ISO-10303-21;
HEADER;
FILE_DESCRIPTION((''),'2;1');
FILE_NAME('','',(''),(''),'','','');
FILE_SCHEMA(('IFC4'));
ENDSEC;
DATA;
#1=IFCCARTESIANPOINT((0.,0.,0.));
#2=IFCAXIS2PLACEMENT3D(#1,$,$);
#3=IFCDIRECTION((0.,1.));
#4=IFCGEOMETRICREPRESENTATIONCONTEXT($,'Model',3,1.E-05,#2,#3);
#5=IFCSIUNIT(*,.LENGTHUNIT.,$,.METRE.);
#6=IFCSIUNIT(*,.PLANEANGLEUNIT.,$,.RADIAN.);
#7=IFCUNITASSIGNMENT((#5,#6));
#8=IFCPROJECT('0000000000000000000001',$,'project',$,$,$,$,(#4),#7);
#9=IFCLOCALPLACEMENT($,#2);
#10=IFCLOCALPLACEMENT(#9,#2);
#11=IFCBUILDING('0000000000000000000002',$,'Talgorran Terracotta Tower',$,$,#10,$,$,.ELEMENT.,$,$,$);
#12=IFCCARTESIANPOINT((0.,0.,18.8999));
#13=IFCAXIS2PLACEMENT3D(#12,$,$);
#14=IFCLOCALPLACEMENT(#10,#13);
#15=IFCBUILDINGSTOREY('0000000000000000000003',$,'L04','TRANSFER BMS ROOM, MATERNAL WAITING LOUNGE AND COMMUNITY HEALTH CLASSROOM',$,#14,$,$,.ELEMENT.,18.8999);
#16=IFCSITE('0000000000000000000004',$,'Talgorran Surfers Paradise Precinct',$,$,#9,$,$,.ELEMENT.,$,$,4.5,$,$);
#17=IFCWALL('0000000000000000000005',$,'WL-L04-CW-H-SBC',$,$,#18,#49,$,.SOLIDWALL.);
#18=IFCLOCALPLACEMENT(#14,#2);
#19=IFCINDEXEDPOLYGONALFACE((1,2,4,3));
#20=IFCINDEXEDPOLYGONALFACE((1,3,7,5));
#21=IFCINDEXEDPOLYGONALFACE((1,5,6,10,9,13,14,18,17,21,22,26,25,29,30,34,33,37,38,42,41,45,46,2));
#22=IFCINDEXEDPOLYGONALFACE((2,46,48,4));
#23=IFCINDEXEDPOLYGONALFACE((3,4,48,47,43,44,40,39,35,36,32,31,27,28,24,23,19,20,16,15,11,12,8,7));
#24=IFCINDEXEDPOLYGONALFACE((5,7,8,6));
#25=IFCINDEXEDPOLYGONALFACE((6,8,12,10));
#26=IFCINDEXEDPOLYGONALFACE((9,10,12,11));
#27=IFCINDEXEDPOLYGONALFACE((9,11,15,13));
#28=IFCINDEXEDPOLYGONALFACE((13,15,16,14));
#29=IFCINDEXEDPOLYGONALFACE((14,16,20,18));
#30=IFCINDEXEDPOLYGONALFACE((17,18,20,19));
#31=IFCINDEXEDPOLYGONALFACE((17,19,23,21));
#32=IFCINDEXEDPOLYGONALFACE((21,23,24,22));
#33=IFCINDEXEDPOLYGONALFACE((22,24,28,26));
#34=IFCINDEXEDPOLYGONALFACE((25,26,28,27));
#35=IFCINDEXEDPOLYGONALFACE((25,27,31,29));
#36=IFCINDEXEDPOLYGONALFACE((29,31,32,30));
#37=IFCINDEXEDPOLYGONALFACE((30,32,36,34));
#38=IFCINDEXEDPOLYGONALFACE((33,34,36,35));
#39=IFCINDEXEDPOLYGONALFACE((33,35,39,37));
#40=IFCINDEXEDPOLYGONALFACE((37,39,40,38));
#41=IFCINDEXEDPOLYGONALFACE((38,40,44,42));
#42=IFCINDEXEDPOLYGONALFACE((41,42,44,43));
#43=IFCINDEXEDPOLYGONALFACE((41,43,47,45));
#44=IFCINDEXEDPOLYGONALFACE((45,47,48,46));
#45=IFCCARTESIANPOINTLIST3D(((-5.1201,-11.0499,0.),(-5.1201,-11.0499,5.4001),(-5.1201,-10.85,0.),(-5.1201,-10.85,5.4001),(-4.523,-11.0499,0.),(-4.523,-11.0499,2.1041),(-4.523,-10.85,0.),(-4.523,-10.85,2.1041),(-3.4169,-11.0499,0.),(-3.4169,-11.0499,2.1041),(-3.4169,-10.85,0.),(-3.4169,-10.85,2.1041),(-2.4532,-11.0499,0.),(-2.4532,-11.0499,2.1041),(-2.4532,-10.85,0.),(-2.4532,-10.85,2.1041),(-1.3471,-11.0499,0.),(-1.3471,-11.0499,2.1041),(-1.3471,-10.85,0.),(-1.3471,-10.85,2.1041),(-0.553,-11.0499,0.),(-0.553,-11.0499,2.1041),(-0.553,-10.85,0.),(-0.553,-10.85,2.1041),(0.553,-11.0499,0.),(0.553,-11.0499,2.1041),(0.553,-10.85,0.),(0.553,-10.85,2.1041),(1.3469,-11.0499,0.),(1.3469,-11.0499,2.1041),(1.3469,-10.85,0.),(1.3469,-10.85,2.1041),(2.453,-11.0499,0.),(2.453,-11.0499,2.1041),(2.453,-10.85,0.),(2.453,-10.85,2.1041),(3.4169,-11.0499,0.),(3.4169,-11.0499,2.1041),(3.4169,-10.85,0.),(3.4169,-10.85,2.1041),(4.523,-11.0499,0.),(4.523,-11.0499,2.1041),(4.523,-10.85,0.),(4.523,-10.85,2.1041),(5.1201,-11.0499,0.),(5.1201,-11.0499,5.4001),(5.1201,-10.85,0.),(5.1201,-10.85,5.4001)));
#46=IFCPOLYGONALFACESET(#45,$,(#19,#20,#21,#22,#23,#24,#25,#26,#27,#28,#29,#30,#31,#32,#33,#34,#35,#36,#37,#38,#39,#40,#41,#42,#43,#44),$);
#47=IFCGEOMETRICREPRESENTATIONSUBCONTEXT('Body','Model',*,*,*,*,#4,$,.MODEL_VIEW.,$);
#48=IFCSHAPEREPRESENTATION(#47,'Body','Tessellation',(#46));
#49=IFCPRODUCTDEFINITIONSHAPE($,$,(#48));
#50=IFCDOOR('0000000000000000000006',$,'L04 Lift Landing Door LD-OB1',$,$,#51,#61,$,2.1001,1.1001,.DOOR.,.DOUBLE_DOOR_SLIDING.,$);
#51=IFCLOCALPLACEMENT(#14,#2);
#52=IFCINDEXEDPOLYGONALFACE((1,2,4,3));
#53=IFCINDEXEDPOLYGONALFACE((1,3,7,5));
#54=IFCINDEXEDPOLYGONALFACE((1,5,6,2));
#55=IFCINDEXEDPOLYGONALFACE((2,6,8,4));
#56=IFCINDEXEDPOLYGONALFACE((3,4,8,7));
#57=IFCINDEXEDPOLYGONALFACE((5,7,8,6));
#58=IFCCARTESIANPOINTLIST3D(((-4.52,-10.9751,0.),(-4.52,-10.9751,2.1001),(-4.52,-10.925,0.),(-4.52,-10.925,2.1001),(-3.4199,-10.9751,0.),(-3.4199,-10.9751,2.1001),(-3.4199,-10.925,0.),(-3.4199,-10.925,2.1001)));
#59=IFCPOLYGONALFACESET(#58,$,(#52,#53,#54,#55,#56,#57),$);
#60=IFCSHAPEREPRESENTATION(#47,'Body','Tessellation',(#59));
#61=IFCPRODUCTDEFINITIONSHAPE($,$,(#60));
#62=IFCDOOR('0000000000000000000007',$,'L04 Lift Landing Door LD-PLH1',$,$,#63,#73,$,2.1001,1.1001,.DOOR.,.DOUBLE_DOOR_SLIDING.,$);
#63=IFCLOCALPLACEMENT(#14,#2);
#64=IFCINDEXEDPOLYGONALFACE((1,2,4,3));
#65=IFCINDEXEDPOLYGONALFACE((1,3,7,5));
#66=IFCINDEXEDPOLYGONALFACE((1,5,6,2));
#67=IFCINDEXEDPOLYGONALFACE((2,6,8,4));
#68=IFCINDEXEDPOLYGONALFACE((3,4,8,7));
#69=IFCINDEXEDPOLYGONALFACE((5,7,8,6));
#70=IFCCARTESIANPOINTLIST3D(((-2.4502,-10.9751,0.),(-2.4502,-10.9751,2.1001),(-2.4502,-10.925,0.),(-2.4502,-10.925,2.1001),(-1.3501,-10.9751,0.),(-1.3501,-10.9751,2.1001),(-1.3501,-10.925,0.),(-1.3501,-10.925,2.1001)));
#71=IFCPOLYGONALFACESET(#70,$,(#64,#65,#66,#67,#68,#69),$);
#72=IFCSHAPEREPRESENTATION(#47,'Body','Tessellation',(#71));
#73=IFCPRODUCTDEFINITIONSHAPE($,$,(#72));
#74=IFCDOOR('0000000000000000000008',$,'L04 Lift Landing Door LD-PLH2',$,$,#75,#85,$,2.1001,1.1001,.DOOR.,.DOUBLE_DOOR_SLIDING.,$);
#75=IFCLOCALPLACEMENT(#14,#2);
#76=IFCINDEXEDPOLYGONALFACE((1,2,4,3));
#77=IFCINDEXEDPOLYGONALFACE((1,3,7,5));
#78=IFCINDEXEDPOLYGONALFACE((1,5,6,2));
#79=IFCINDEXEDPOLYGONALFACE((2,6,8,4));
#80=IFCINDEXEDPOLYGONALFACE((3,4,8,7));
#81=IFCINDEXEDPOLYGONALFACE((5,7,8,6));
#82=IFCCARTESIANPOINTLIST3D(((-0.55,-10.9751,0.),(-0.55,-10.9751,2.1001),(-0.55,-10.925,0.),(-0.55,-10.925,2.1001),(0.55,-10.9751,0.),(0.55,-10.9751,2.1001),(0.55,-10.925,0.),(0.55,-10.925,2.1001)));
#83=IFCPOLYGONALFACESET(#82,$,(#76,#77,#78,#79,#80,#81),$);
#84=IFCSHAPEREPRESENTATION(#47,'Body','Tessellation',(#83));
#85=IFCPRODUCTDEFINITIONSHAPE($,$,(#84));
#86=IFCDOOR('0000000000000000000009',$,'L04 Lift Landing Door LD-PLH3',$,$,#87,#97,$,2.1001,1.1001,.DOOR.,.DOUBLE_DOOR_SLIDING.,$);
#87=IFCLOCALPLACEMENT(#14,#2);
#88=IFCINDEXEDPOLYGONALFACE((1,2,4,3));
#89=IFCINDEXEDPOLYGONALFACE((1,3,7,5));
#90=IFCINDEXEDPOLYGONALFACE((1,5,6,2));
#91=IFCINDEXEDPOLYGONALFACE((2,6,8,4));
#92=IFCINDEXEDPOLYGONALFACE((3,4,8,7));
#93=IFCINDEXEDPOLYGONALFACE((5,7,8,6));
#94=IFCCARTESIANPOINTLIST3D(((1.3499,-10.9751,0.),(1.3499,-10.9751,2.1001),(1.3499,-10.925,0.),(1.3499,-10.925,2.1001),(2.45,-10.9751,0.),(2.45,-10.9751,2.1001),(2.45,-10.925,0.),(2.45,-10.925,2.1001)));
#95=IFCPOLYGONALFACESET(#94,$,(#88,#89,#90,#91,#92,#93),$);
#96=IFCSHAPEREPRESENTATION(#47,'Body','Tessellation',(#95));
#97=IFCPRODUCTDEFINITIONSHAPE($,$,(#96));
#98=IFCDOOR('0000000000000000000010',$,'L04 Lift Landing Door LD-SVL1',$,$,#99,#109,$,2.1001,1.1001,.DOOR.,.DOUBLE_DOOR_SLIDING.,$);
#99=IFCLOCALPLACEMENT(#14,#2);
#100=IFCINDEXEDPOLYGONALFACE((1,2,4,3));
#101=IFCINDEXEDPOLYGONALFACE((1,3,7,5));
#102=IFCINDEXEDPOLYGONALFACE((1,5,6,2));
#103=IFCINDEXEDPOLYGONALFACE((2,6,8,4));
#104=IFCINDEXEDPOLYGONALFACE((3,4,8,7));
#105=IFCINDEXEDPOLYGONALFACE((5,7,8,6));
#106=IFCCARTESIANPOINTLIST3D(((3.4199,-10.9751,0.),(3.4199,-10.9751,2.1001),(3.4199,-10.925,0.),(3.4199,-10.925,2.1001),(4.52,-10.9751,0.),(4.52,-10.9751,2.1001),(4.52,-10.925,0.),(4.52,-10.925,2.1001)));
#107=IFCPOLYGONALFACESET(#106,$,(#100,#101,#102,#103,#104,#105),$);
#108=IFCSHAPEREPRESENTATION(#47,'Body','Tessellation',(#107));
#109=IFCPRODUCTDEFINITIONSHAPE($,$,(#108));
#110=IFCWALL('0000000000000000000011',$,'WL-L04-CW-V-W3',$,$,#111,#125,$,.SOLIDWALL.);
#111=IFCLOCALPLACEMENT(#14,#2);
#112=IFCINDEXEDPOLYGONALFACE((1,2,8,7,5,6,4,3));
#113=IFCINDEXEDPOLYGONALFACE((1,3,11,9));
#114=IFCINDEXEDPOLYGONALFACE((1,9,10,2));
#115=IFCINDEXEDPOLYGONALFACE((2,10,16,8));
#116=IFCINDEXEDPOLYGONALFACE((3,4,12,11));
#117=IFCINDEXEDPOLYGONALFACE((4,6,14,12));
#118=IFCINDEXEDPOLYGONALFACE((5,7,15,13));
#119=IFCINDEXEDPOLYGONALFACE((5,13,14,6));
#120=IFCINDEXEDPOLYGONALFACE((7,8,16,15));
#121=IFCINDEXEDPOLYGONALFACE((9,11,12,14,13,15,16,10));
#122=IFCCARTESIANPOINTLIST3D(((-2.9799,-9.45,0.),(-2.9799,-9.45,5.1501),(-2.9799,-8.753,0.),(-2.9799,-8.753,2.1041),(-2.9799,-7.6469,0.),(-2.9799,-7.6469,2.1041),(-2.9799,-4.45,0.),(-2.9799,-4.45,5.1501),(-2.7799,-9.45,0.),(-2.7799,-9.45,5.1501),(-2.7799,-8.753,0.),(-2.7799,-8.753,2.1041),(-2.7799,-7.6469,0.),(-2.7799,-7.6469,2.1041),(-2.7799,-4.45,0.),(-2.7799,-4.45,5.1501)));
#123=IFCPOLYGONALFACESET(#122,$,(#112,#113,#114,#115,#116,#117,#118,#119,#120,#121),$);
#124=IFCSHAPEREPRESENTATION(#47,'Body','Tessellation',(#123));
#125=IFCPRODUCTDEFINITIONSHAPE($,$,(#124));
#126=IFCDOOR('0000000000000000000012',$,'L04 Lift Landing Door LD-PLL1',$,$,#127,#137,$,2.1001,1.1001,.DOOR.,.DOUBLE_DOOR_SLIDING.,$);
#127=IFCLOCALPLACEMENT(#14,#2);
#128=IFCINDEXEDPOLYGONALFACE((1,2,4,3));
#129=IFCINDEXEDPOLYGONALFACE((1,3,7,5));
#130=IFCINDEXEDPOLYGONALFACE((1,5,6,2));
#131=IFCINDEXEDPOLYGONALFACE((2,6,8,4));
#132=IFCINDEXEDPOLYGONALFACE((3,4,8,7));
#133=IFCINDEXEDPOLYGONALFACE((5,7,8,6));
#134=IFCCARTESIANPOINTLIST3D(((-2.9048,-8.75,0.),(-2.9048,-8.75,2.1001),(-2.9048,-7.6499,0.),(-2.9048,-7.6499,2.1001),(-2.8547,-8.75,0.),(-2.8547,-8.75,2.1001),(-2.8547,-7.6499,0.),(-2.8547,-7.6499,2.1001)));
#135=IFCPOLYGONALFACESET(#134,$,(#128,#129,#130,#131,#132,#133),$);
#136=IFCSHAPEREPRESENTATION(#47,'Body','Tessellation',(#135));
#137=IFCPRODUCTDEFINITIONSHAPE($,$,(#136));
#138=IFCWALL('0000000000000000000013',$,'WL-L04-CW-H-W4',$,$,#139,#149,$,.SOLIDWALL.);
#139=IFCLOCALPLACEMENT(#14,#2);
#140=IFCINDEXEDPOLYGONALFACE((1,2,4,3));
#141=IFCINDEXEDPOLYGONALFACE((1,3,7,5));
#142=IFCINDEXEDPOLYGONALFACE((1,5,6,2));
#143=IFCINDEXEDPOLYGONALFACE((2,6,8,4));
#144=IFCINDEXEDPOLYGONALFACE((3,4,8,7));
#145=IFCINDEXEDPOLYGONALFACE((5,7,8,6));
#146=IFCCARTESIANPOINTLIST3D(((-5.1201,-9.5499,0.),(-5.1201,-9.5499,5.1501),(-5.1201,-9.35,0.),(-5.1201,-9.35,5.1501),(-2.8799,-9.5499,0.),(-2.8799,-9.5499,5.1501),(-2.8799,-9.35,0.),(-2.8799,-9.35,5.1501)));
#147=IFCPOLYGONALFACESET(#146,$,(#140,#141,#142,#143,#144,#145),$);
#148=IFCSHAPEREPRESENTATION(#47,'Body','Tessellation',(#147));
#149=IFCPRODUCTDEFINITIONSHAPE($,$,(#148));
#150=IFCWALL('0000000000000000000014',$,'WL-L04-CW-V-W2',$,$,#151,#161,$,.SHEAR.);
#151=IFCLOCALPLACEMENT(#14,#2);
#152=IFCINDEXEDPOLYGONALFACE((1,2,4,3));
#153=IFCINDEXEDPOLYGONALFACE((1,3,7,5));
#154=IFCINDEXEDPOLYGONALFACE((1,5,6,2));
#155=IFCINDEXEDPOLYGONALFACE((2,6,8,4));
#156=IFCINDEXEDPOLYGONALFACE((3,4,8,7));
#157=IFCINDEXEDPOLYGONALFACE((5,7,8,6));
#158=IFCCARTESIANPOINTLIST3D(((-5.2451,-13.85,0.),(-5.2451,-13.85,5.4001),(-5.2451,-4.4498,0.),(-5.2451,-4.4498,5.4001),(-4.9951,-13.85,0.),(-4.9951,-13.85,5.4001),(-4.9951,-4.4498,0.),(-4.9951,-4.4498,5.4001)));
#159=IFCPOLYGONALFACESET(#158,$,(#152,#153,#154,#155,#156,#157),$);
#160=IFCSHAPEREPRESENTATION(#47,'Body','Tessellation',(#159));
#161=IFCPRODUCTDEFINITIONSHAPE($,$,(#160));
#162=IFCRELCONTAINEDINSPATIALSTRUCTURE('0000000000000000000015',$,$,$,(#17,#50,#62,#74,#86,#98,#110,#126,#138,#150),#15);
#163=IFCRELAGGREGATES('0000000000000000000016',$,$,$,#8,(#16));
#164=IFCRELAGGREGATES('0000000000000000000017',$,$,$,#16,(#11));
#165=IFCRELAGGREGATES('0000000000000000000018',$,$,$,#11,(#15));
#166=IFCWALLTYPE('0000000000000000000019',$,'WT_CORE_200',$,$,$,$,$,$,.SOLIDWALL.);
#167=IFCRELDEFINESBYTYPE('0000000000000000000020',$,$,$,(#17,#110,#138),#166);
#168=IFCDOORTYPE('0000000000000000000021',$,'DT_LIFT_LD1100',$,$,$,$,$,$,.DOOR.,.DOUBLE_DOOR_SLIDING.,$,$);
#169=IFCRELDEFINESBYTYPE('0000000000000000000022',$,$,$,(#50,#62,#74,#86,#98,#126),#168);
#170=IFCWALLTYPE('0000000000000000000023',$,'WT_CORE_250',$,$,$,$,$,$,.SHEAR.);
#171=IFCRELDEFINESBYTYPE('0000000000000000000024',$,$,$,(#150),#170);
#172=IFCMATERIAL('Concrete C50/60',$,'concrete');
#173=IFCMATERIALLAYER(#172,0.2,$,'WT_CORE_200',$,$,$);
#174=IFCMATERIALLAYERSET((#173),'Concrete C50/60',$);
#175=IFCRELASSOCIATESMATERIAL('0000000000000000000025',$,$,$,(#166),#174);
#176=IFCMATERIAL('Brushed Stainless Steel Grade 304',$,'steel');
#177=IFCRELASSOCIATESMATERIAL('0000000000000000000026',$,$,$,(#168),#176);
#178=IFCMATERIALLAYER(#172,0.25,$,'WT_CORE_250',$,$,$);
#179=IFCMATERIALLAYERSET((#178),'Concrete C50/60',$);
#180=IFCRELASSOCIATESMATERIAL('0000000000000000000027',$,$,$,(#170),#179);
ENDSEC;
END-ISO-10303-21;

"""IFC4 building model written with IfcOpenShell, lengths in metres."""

from ifc_helpers import new_model, si_unit, direction, frame, frame_2d, origin, place, context, subcontext, project, spatial, rectangle, extrude, material, layer, layer_set, type_object, element, fill, save


model = new_model("IFC4")

# Units and contexts
model_context = context("Model", 3, precision=1e-05, world=origin(), true_north=direction((0.0, 1.0)))
body_context = subcontext(model_context, "Body", "Model", "MODEL_VIEW")
ifc_project = project(units=[si_unit("LENGTHUNIT", "METRE"), si_unit("PLANEANGLEUNIT", "RADIAN")], contexts=[model_context])

# Site, building, storey
site_placement = place(None, origin())
site = spatial("IfcSite", under=ifc_project, at=site_placement, Name="Talgorran Surfers Paradise Precinct", CompositionType="ELEMENT", RefElevation=4.5)
building_placement = place(site_placement, origin())
building = spatial("IfcBuilding", under=site, at=building_placement, Name="Talgorran Terracotta Tower", CompositionType="ELEMENT")
storey_placement = place(building_placement, frame((0.0, 0.0, 18.8999)))
storey = spatial("IfcBuildingStorey", under=building, at=storey_placement, Name="L04", Description="TRANSFER BMS ROOM, MATERNAL WAITING LOUNGE AND COMMUNITY HEALTH CLASSROOM", CompositionType="ELEMENT", Elevation=18.8999)

# Wall, openings, doors
ifc_material_1 = material(Name="Concrete C50/60", Category="concrete")
ifc_layer_1 = layer(ifc_material_1, 0.2, Name="WT_CORE_200")
ifc_layer_set_1 = layer_set([ifc_layer_1], Name="Concrete C50/60")
wall_type_1 = type_object("IfcWallType", Name="WT_CORE_200", PredefinedType="SOLIDWALL", material=ifc_layer_set_1)
ifc_material_2 = material(Name="Brushed Stainless Steel Grade 304", Category="steel")
door_type_1 = type_object("IfcDoorType", Name="DT_LIFT_LD1100", OperationType="DOUBLE_DOOR_SLIDING", PredefinedType="DOOR", material=ifc_material_2)
wall_1_placement = place(storey_placement, frame((-5.1201, -10.95, 0.0), z_axis=(0.0, 0.0, 1.0), x_axis=(1.0, 0.0, 0.0)))
wall_1 = element("IfcWall", 1, at=wall_1_placement, inside=storey, type_object=wall_type_1, Name="WL-L04-CW-H-SBC", PredefinedType="SOLIDWALL", context=body_context, shape_type="SweptSolid", body=[
    extrude(rectangle(XDim=10.2402, YDim=0.2, at=frame_2d((5.1201, 0.0))), origin(), (0.0, 0.0, 1.0), 5.4001),
])
opening_1_placement = place(wall_1_placement, frame((0.6001, 0.0, 0.0)))
opening_1 = element("IfcOpeningElement", 2, at=opening_1_placement, cuts=wall_1, PredefinedType="OPENING", context=body_context, shape_type="SweptSolid", body=[
    extrude(rectangle(XDim=1.1061, YDim=2.1041, at=frame_2d((0.55, 1.052))), frame((0.0, 0.1099, 0.0), z_axis=(0.0, -1.0, 0.0), x_axis=(1.0, 0.0, 0.0)), (0.0, 0.0, 1.0), 0.22),
])
opening_2_placement = place(wall_1_placement, frame((2.6699, 0.0, 0.0)))
opening_2 = element("IfcOpeningElement", 3, at=opening_2_placement, cuts=wall_1, PredefinedType="OPENING", context=body_context, shape_type="SweptSolid", body=[
    extrude(rectangle(XDim=1.1061, YDim=2.1041, at=frame_2d((0.55, 1.052))), frame((0.0, 0.1099, 0.0), z_axis=(0.0, -1.0, 0.0), x_axis=(1.0, 0.0, 0.0)), (0.0, 0.0, 1.0), 0.22),
])
opening_3_placement = place(wall_1_placement, frame((4.5701, 0.0, 0.0)))
opening_3 = element("IfcOpeningElement", 4, at=opening_3_placement, cuts=wall_1, PredefinedType="OPENING", context=body_context, shape_type="SweptSolid", body=[
    extrude(rectangle(XDim=1.1061, YDim=2.1041, at=frame_2d((0.55, 1.052))), frame((0.0, 0.1099, 0.0), z_axis=(0.0, -1.0, 0.0), x_axis=(1.0, 0.0, 0.0)), (0.0, 0.0, 1.0), 0.22),
])
opening_4_placement = place(wall_1_placement, frame((6.47, 0.0, 0.0)))
opening_4 = element("IfcOpeningElement", 5, at=opening_4_placement, cuts=wall_1, PredefinedType="OPENING", context=body_context, shape_type="SweptSolid", body=[
    extrude(rectangle(XDim=1.1061, YDim=2.1041, at=frame_2d((0.55, 1.052))), frame((0.0, 0.1099, 0.0), z_axis=(0.0, -1.0, 0.0), x_axis=(1.0, 0.0, 0.0)), (0.0, 0.0, 1.0), 0.22),
])
opening_5_placement = place(wall_1_placement, frame((8.54, 0.0, 0.0)))
opening_5 = element("IfcOpeningElement", 6, at=opening_5_placement, cuts=wall_1, PredefinedType="OPENING", context=body_context, shape_type="SweptSolid", body=[
    extrude(rectangle(XDim=1.1061, YDim=2.1041, at=frame_2d((0.55, 1.052))), frame((0.0, 0.1099, 0.0), z_axis=(0.0, -1.0, 0.0), x_axis=(1.0, 0.0, 0.0)), (0.0, 0.0, 1.0), 0.22),
])
door_1_placement = place(opening_1_placement, origin())
door_1 = element("IfcDoor", 7, at=door_1_placement, inside=storey, type_object=door_type_1, Name="L04 Lift Landing Door LD-OB1", OperationType="DOUBLE_DOOR_SLIDING", OverallHeight=2.1001, OverallWidth=1.1001, PredefinedType="DOOR", context=body_context, shape_type="SweptSolid", body=[
    extrude(rectangle(XDim=1.1001, YDim=2.1001, at=frame_2d((0.55, 1.05))), frame((0.0, 0.0249, 0.0), z_axis=(0.0, -1.0, 0.0), x_axis=(1.0, 0.0, 0.0)), (0.0, 0.0, 1.0), 0.05),
])
fill(opening_1, door_1)
door_2_placement = place(opening_2_placement, origin())
door_2 = element("IfcDoor", 8, at=door_2_placement, inside=storey, type_object=door_type_1, Name="L04 Lift Landing Door LD-PLH1", OperationType="DOUBLE_DOOR_SLIDING", OverallHeight=2.1001, OverallWidth=1.1001, PredefinedType="DOOR", context=body_context, shape_type="SweptSolid", body=[
    extrude(rectangle(XDim=1.1001, YDim=2.1001, at=frame_2d((0.55, 1.05))), frame((0.0, 0.0249, 0.0), z_axis=(0.0, -1.0, 0.0), x_axis=(1.0, 0.0, 0.0)), (0.0, 0.0, 1.0), 0.05),
])
fill(opening_2, door_2)
door_3_placement = place(opening_3_placement, origin())
door_3 = element("IfcDoor", 9, at=door_3_placement, inside=storey, type_object=door_type_1, Name="L04 Lift Landing Door LD-PLH2", OperationType="DOUBLE_DOOR_SLIDING", OverallHeight=2.1001, OverallWidth=1.1001, PredefinedType="DOOR", context=body_context, shape_type="SweptSolid", body=[
    extrude(rectangle(XDim=1.1001, YDim=2.1001, at=frame_2d((0.55, 1.05))), frame((0.0, 0.0249, 0.0), z_axis=(0.0, -1.0, 0.0), x_axis=(1.0, 0.0, 0.0)), (0.0, 0.0, 1.0), 0.05),
])
fill(opening_3, door_3)
door_4_placement = place(opening_4_placement, origin())
door_4 = element("IfcDoor", 10, at=door_4_placement, inside=storey, type_object=door_type_1, Name="L04 Lift Landing Door LD-PLH3", OperationType="DOUBLE_DOOR_SLIDING", OverallHeight=2.1001, OverallWidth=1.1001, PredefinedType="DOOR", context=body_context, shape_type="SweptSolid", body=[
    extrude(rectangle(XDim=1.1001, YDim=2.1001, at=frame_2d((0.55, 1.05))), frame((0.0, 0.0249, 0.0), z_axis=(0.0, -1.0, 0.0), x_axis=(1.0, 0.0, 0.0)), (0.0, 0.0, 1.0), 0.05),
])
fill(opening_4, door_4)
door_5_placement = place(opening_5_placement, origin())
door_5 = element("IfcDoor", 11, at=door_5_placement, inside=storey, type_object=door_type_1, Name="L04 Lift Landing Door LD-SVL1", OperationType="DOUBLE_DOOR_SLIDING", OverallHeight=2.1001, OverallWidth=1.1001, PredefinedType="DOOR", context=body_context, shape_type="SweptSolid", body=[
    extrude(rectangle(XDim=1.1001, YDim=2.1001, at=frame_2d((0.55, 1.05))), frame((0.0, 0.0249, 0.0), z_axis=(0.0, -1.0, 0.0), x_axis=(1.0, 0.0, 0.0)), (0.0, 0.0, 1.0), 0.05),
])
fill(opening_5, door_5)

# Wall, opening, door
wall_2_placement = place(storey_placement, frame((-2.8799, -9.45, 0.0), z_axis=(0.0, 0.0, 1.0), x_axis=(0.0, 1.0, 0.0)))
wall_2 = element("IfcWall", 12, at=wall_2_placement, inside=storey, type_object=wall_type_1, Name="WL-L04-CW-V-W3", PredefinedType="SOLIDWALL", context=body_context, shape_type="SweptSolid", body=[
    extrude(rectangle(XDim=5.0, YDim=0.2, at=frame_2d((2.5, 0.0))), origin(), (0.0, 0.0, 1.0), 5.1501),
])
opening_6_placement = place(wall_2_placement, frame((0.7, 0.0, 0.0)))
opening_6 = element("IfcOpeningElement", 13, at=opening_6_placement, cuts=wall_2, PredefinedType="OPENING", context=body_context, shape_type="SweptSolid", body=[
    extrude(rectangle(XDim=1.1061, YDim=2.1041, at=frame_2d((0.55, 1.052))), frame((0.0, 0.1099, 0.0), z_axis=(0.0, -1.0, 0.0), x_axis=(1.0, 0.0, 0.0)), (0.0, 0.0, 1.0), 0.22),
])
door_6_placement = place(opening_6_placement, origin())
door_6 = element("IfcDoor", 14, at=door_6_placement, inside=storey, type_object=door_type_1, Name="L04 Lift Landing Door LD-PLL1", OperationType="DOUBLE_DOOR_SLIDING", OverallHeight=2.1001, OverallWidth=1.1001, PredefinedType="DOOR", context=body_context, shape_type="SweptSolid", body=[
    extrude(rectangle(XDim=1.1001, YDim=2.1001, at=frame_2d((0.55, 1.05))), frame((0.0, 0.0249, 0.0), z_axis=(0.0, -1.0, 0.0), x_axis=(1.0, 0.0, 0.0)), (0.0, 0.0, 1.0), 0.05),
])
fill(opening_6, door_6)

# Walls
wall_3_placement = place(storey_placement, frame((-5.1201, -9.45, 0.0), z_axis=(0.0, 0.0, 1.0), x_axis=(1.0, 0.0, 0.0)))
element("IfcWall", 15, at=wall_3_placement, inside=storey, type_object=wall_type_1, Name="WL-L04-CW-H-W4", PredefinedType="SOLIDWALL", context=body_context, shape_type="SweptSolid", body=[
    extrude(rectangle(XDim=2.2402, YDim=0.2, at=frame_2d((1.1201, 0.0))), origin(), (0.0, 0.0, 1.0), 5.1501),
])
ifc_layer_2 = layer(ifc_material_1, 0.25, Name="WT_CORE_250")
ifc_layer_set_2 = layer_set([ifc_layer_2], Name="Concrete C50/60")
wall_type_2 = type_object("IfcWallType", Name="WT_CORE_250", PredefinedType="SHEAR", material=ifc_layer_set_2)
wall_4_placement = place(storey_placement, frame((-5.1201, -13.8501, 0.0), z_axis=(0.0, 0.0, 1.0), x_axis=(0.0, 1.0, 0.0)))
element("IfcWall", 16, at=wall_4_placement, inside=storey, type_object=wall_type_2, Name="WL-L04-CW-V-W2", PredefinedType="SHEAR", context=body_context, shape_type="SweptSolid", body=[
    extrude(rectangle(XDim=9.4001, YDim=0.25, at=frame_2d((4.7002, 0.0))), origin(), (0.0, 0.0, 1.0), 5.4001),
])

save(model, "model.ifc")
